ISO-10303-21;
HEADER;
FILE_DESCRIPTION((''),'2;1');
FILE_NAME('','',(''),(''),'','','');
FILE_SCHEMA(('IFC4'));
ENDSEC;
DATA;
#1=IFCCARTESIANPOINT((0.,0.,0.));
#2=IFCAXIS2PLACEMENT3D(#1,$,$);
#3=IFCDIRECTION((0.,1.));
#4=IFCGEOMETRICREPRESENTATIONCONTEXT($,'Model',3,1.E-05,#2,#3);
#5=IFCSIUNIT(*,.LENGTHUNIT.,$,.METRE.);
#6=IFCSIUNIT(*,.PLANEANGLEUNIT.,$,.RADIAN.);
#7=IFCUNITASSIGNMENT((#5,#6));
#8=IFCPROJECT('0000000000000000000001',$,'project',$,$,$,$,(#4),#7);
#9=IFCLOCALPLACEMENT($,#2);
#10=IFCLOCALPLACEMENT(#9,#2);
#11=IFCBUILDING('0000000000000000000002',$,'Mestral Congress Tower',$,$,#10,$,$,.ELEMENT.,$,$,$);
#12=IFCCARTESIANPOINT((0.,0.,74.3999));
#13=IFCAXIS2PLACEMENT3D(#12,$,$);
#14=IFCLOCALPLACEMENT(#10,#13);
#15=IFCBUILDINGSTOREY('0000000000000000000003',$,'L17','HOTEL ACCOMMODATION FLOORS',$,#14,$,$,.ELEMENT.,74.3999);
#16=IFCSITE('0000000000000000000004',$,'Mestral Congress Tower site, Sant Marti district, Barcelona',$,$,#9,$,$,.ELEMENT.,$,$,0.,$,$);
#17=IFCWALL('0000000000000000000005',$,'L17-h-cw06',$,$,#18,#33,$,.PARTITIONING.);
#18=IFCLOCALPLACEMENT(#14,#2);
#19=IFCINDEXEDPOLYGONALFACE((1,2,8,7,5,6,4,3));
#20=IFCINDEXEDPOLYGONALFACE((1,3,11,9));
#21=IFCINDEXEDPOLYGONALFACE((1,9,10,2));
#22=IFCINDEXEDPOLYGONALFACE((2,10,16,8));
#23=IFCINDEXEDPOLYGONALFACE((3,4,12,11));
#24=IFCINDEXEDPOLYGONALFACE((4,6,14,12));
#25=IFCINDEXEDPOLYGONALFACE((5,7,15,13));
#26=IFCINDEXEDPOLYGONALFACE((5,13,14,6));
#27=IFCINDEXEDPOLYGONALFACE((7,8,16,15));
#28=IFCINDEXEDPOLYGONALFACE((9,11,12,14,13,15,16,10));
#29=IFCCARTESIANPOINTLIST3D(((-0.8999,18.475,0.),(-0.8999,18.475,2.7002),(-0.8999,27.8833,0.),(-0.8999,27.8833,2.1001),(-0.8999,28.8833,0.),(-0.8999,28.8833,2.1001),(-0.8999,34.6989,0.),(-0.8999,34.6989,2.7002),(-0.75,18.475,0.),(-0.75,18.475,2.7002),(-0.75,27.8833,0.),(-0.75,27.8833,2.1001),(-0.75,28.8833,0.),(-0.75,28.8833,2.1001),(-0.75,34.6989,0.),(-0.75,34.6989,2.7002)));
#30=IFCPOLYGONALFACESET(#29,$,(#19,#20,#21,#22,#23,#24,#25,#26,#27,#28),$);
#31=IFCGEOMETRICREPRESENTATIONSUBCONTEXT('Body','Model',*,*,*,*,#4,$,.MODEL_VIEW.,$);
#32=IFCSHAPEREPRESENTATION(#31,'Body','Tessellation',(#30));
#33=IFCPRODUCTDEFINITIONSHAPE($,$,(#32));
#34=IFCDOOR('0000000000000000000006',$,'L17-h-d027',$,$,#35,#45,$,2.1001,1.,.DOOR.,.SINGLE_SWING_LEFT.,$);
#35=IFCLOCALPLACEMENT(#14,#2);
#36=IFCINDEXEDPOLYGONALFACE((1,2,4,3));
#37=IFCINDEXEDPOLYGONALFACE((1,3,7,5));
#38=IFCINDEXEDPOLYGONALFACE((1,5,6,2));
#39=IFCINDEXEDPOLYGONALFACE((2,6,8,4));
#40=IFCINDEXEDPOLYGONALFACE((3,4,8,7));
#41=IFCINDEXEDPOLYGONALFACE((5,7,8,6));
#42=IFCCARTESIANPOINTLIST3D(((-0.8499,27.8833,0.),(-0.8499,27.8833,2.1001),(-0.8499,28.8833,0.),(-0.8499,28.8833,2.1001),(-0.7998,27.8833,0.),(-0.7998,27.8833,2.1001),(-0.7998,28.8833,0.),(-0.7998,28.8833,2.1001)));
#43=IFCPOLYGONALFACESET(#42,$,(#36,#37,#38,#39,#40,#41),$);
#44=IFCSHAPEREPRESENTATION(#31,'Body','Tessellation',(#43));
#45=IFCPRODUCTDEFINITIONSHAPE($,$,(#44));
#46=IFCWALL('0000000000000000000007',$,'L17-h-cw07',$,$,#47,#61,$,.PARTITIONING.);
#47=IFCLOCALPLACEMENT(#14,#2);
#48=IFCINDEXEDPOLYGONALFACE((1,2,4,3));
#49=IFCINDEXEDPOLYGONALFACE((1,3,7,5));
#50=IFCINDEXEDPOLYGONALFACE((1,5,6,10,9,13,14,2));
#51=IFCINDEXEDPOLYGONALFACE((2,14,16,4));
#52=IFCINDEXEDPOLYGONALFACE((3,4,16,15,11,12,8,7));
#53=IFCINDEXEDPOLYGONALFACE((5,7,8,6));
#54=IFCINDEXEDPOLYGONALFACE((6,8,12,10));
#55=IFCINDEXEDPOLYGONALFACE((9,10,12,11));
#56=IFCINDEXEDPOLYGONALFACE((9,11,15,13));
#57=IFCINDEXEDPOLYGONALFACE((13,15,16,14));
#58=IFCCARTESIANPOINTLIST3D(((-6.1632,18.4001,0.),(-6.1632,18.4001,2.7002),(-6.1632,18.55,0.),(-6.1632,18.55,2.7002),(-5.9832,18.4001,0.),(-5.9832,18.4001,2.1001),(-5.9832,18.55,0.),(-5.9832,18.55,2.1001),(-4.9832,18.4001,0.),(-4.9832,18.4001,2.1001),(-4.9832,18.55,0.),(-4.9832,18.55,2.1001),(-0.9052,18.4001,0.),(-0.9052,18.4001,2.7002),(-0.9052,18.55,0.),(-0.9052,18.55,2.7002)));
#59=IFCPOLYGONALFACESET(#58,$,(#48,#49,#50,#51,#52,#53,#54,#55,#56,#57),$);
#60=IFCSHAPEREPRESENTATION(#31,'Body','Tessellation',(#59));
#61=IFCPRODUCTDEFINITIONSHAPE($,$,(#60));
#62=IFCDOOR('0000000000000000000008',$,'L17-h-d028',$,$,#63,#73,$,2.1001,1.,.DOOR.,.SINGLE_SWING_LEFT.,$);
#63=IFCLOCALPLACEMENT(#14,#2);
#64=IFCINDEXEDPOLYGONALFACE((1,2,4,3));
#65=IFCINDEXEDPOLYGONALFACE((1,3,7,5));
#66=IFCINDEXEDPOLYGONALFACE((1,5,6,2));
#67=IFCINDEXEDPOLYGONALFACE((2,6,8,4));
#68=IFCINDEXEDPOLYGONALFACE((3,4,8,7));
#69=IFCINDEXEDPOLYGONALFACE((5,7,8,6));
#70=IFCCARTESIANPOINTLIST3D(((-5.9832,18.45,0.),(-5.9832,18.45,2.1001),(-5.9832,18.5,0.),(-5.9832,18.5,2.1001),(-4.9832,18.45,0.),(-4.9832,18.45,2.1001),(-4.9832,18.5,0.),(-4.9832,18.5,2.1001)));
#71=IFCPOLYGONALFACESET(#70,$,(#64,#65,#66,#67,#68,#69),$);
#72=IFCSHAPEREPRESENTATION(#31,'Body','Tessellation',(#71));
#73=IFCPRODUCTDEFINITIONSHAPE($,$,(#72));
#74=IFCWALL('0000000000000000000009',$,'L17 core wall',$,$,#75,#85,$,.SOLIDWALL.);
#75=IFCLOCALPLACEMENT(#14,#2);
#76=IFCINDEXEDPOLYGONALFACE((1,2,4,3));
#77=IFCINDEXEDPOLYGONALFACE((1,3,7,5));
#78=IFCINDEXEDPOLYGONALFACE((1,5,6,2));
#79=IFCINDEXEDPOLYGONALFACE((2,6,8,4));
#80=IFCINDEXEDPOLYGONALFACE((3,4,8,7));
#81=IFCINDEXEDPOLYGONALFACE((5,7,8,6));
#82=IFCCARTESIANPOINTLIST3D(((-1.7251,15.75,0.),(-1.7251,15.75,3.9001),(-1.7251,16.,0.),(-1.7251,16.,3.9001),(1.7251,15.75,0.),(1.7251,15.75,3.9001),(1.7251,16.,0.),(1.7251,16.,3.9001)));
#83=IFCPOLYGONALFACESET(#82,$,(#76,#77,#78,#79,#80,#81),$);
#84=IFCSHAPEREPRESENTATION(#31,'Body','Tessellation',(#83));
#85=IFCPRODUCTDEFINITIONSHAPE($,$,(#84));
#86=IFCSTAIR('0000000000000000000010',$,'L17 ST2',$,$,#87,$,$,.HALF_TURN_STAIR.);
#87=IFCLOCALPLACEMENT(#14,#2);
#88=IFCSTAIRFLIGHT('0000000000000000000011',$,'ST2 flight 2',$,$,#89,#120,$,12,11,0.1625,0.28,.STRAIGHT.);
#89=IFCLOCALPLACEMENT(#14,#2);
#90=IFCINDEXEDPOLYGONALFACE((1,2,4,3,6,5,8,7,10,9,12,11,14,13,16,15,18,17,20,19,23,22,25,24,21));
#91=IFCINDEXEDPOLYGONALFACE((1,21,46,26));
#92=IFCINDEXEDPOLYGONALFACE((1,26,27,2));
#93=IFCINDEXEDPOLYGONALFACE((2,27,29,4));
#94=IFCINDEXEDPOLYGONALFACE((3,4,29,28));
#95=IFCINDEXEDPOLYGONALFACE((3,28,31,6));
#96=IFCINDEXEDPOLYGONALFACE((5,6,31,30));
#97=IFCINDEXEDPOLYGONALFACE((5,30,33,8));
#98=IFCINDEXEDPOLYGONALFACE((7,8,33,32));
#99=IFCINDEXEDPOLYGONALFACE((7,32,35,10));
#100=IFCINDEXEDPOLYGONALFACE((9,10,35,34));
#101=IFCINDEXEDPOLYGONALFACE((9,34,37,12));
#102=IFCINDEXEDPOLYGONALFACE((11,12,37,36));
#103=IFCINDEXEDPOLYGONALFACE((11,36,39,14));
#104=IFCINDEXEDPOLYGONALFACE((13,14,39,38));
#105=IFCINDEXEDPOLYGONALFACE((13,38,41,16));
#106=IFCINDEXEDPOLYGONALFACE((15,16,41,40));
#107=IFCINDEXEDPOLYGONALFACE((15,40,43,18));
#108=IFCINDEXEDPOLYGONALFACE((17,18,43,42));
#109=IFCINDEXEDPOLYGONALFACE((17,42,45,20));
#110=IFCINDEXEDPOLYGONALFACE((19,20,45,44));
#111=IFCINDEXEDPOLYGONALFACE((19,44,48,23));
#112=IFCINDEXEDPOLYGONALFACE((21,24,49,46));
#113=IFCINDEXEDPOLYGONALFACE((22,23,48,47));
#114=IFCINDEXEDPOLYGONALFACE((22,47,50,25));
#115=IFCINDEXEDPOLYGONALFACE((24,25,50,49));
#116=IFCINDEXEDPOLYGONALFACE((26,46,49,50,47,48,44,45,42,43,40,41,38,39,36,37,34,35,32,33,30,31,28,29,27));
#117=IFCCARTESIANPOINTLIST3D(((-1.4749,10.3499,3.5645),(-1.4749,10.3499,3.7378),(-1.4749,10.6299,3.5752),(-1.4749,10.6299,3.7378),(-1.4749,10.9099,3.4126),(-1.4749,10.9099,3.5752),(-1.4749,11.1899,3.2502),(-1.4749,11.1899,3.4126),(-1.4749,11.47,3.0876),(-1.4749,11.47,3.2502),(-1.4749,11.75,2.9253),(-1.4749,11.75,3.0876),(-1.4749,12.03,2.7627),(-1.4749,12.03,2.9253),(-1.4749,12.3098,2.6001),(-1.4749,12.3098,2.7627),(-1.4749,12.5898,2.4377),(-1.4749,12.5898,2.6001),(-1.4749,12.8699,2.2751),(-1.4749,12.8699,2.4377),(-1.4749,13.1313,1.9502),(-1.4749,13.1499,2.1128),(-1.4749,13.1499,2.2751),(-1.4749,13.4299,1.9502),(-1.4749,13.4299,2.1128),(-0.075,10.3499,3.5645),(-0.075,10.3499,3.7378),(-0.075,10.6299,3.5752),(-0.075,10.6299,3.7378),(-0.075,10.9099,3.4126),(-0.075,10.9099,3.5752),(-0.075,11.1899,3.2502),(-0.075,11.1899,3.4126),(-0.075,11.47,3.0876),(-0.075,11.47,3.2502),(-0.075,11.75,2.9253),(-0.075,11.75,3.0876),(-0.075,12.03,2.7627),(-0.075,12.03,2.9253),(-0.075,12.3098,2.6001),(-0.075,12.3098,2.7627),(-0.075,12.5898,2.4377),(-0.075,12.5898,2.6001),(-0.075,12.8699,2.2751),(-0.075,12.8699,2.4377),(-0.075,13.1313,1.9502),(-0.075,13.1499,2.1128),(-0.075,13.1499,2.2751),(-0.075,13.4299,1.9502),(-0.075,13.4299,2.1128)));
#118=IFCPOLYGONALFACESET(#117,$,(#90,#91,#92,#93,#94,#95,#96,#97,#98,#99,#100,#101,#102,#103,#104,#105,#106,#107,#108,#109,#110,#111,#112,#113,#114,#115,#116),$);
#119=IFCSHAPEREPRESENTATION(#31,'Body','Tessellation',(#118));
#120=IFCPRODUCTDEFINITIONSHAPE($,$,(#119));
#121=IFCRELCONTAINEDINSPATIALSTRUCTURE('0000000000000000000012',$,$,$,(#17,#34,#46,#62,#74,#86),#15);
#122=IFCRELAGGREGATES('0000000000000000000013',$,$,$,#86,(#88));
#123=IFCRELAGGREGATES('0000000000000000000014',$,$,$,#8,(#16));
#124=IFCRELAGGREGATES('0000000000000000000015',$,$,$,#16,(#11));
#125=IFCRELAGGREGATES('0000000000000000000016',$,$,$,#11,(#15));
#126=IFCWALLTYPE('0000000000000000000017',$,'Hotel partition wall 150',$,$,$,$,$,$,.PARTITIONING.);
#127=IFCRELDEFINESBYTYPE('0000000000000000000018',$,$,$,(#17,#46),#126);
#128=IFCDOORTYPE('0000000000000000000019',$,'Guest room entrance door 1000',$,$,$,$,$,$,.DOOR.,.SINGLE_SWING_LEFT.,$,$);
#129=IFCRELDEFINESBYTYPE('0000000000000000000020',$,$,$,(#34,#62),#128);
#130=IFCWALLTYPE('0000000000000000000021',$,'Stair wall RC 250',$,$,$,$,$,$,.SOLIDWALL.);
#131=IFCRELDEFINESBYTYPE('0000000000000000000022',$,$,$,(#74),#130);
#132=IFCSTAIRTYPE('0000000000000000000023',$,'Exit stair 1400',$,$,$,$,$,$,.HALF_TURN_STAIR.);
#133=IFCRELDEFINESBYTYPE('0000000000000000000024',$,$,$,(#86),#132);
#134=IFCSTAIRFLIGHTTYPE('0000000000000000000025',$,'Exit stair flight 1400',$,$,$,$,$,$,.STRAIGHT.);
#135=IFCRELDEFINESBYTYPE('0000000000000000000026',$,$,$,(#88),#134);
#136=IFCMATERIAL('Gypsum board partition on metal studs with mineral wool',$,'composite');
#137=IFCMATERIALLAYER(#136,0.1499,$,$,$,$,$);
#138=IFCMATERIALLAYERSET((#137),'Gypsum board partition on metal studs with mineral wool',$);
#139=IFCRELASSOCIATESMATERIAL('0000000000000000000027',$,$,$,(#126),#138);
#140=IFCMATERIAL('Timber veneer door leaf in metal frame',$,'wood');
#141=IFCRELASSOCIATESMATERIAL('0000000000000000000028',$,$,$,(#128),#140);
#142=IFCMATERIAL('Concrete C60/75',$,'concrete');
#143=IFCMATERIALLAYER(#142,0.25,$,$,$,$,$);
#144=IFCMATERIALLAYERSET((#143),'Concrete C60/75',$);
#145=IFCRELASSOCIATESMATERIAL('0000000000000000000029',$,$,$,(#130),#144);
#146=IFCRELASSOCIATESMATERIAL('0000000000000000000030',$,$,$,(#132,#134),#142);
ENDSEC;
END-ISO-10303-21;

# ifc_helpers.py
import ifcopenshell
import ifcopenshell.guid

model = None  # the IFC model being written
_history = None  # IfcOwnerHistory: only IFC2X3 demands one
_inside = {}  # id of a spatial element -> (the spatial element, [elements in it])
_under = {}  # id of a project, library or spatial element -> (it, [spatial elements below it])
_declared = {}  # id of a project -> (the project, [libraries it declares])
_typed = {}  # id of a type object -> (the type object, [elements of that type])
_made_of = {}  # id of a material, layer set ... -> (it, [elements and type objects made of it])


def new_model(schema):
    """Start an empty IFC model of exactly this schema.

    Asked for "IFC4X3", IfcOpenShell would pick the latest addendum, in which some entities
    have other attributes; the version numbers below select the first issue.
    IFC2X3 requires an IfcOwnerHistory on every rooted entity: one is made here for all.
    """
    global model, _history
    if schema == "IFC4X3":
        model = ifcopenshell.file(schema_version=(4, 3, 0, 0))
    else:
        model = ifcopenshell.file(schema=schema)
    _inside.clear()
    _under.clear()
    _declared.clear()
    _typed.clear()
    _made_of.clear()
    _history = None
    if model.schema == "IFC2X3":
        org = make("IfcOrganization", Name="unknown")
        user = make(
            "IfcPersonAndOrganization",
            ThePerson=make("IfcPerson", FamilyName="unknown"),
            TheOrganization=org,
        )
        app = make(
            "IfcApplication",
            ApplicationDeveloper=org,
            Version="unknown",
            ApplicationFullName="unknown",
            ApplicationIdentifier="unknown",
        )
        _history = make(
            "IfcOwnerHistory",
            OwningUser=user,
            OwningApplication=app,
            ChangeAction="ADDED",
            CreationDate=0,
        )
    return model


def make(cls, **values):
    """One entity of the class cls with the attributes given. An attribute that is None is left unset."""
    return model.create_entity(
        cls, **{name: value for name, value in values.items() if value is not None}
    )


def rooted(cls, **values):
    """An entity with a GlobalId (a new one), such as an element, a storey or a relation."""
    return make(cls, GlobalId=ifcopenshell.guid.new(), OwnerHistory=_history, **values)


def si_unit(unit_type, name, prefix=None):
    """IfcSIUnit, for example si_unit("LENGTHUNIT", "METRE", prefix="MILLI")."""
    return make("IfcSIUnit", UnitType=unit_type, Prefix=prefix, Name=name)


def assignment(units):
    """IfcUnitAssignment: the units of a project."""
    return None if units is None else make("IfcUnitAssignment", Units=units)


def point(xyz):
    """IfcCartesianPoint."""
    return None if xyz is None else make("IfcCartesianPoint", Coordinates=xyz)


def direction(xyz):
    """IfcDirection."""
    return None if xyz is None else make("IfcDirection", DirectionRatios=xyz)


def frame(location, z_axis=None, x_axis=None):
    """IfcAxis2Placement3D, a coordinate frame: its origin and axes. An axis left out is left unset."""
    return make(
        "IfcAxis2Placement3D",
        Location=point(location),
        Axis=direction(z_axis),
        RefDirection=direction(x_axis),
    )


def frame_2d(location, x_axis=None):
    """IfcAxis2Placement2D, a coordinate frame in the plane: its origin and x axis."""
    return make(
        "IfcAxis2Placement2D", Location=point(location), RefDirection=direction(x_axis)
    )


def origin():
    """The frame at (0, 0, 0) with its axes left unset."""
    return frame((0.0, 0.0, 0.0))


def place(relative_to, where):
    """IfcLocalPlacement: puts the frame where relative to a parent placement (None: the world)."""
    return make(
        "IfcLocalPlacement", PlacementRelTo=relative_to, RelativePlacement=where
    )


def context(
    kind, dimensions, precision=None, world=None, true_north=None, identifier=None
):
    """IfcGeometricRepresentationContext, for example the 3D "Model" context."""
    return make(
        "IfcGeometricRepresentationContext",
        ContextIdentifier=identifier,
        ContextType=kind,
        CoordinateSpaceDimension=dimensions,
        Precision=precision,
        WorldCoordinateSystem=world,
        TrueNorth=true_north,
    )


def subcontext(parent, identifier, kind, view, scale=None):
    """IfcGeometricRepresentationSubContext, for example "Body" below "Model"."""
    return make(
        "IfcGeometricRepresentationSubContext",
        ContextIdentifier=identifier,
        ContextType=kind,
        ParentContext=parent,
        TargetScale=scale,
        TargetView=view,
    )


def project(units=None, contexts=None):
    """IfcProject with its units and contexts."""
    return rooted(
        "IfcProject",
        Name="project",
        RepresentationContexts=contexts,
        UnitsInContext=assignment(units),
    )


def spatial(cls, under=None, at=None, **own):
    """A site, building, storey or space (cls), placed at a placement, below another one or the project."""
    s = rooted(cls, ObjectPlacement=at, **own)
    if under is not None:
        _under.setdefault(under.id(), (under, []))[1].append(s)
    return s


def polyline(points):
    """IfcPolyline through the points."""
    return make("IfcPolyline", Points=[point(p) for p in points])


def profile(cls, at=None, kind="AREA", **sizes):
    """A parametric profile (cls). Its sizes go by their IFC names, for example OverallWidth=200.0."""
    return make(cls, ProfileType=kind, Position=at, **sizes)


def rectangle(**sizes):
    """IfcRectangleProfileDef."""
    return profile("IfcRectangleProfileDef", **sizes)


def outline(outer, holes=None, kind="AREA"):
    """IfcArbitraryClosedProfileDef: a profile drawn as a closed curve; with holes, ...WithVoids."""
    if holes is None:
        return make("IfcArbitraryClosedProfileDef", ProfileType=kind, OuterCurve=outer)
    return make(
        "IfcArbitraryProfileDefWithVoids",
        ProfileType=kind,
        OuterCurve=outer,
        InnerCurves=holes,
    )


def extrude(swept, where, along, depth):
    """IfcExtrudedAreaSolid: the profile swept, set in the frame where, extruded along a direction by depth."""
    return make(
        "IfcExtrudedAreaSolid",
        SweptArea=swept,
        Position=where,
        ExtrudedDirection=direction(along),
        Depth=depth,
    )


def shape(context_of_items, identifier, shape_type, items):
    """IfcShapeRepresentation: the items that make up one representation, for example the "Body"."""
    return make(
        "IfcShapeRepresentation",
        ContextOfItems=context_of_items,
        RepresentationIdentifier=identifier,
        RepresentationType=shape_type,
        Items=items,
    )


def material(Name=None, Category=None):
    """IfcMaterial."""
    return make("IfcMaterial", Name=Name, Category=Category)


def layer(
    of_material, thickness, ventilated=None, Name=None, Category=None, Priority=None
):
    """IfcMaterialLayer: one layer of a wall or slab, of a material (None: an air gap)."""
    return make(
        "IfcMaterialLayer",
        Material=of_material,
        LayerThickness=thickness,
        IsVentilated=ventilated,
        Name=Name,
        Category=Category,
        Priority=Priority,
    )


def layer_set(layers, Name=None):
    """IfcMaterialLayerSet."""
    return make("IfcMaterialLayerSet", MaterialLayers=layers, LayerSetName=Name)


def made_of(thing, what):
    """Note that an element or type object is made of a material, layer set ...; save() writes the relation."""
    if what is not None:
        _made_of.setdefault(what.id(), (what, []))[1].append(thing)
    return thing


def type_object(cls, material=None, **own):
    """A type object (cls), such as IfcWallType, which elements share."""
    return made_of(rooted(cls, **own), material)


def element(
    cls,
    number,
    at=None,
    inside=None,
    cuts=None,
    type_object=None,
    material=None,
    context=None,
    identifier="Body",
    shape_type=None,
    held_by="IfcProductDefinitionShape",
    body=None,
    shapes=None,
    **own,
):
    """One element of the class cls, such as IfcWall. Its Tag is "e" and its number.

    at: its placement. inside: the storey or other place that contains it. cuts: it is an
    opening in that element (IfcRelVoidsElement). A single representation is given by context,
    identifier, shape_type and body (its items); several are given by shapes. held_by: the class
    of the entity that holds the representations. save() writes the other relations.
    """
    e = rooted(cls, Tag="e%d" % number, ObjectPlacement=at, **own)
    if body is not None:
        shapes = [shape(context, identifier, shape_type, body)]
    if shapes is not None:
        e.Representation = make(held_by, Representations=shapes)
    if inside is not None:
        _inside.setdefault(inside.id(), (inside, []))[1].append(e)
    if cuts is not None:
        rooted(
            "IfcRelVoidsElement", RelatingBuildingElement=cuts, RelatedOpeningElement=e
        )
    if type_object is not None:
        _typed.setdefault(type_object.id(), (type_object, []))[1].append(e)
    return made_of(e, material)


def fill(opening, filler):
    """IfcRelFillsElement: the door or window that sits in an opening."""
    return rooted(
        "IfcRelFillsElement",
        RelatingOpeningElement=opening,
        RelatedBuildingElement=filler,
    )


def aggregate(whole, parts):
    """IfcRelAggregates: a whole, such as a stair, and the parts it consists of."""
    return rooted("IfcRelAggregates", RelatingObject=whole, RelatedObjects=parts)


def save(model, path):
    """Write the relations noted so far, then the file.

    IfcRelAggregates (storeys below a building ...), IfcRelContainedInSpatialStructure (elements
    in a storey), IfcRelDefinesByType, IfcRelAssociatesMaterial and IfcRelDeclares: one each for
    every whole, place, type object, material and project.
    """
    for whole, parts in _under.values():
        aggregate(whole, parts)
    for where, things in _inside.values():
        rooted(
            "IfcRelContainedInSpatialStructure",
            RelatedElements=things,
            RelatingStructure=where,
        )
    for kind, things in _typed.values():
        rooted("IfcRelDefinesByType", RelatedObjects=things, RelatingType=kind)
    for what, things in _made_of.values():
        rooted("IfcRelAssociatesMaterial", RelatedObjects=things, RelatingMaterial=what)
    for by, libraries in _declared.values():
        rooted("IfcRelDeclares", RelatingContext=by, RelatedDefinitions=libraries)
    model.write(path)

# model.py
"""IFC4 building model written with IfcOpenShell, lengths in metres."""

from ifc_helpers import new_model, si_unit, direction, frame, frame_2d, origin, place, context, subcontext, project, spatial, polyline, rectangle, outline, extrude, material, layer, layer_set, type_object, element, fill, aggregate, save


model = new_model("IFC4")

# Units and contexts
model_context = context("Model", 3, precision=1e-05, world=origin(), true_north=direction((0.0, 1.0)))
body_context = subcontext(model_context, "Body", "Model", "MODEL_VIEW")
ifc_project = project(units=[si_unit("LENGTHUNIT", "METRE"), si_unit("PLANEANGLEUNIT", "RADIAN")], contexts=[model_context])

# Site, building, storey
site_placement = place(None, origin())
site = spatial("IfcSite", under=ifc_project, at=site_placement, Name="Mestral Congress Tower site, Sant Marti district, Barcelona", CompositionType="ELEMENT", RefElevation=0.0)
building_placement = place(site_placement, origin())
building = spatial("IfcBuilding", under=site, at=building_placement, Name="Mestral Congress Tower", CompositionType="ELEMENT")
storey_placement = place(building_placement, frame((0.0, 0.0, 74.3999)))
storey = spatial("IfcBuildingStorey", under=building, at=storey_placement, Name="L17", Description="HOTEL ACCOMMODATION FLOORS", CompositionType="ELEMENT", Elevation=74.3999)

# Shared definitions
ifc_material_1 = material(Name="Concrete C60/75", Category="concrete")

# Shared definitions
ifc_material_2 = material(Name="Gypsum board partition on metal studs with mineral wool", Category="composite")

# Walls, openings, doors
ifc_layer_1 = layer(ifc_material_2, 0.1499)
ifc_layer_set_1 = layer_set([ifc_layer_1], Name="Gypsum board partition on metal studs with mineral wool")
wall_type_1 = type_object("IfcWallType", Name="Hotel partition wall 150", PredefinedType="PARTITIONING", material=ifc_layer_set_1)
wall_1_placement = place(storey_placement, frame((-0.825, 18.4751, 0.0), z_axis=(0.0, 0.0, 1.0), x_axis=(0.0, 1.0, 0.0)))
wall_1 = element("IfcWall", 1, at=wall_1_placement, inside=storey, type_object=wall_type_1, Name="L17-h-cw06", PredefinedType="PARTITIONING", context=body_context, shape_type="SweptSolid", body=[
    extrude(rectangle(XDim=16.2239, YDim=0.1499, at=frame_2d((8.1118, 0.0))), origin(), (0.0, 0.0, 1.0), 2.7002),
])
opening_1_placement = place(wall_1_placement, frame((9.4082, 0.0, 0.0)))
opening_1 = element("IfcOpeningElement", 2, at=opening_1_placement, cuts=wall_1, PredefinedType="OPENING", context=body_context, shape_type="SweptSolid", body=[
    extrude(rectangle(XDim=1.0, YDim=2.1001, at=frame_2d((0.5, 1.05))), frame((0.0, 0.085, 0.0), z_axis=(0.0, -1.0, 0.0), x_axis=(1.0, 0.0, 0.0)), (0.0, 0.0, 1.0), 0.1699),
])
ifc_material_3 = material(Name="Timber veneer door leaf in metal frame", Category="wood")
door_type_1 = type_object("IfcDoorType", Name="Guest room entrance door 1000", OperationType="SINGLE_SWING_LEFT", PredefinedType="DOOR", material=ifc_material_3)
door_1_placement = place(opening_1_placement, origin())
door_1 = element("IfcDoor", 3, at=door_1_placement, inside=storey, type_object=door_type_1, Name="L17-h-d027", OperationType="SINGLE_SWING_LEFT", OverallHeight=2.1001, OverallWidth=1.0, PredefinedType="DOOR", context=body_context, shape_type="SweptSolid", body=[
    extrude(rectangle(XDim=1.0, YDim=2.1001, at=frame_2d((0.5, 1.05))), frame((0.0, 0.0249, 0.0), z_axis=(0.0, -1.0, 0.0), x_axis=(1.0, 0.0, 0.0)), (0.0, 0.0, 1.0), 0.05),
])
fill(opening_1, door_1)
wall_2_placement = place(storey_placement, frame((-6.1631, 18.4751, 0.0), z_axis=(0.0, 0.0, 1.0), x_axis=(1.0, 0.0, 0.0)))
wall_2 = element("IfcWall", 4, at=wall_2_placement, inside=storey, type_object=wall_type_1, Name="L17-h-cw07", PredefinedType="PARTITIONING", context=body_context, shape_type="SweptSolid", body=[
    extrude(rectangle(XDim=5.2581, YDim=0.1499, at=frame_2d((2.6289, 0.0))), origin(), (0.0, 0.0, 1.0), 2.7002),
])
opening_2_placement = place(wall_2_placement, frame((0.1799, 0.0, 0.0)))
opening_2 = element("IfcOpeningElement", 5, at=opening_2_placement, cuts=wall_2, PredefinedType="OPENING", context=body_context, shape_type="SweptSolid", body=[
    extrude(rectangle(XDim=1.0, YDim=2.1001, at=frame_2d((0.5, 1.05))), frame((0.0, 0.085, 0.0), z_axis=(0.0, -1.0, 0.0), x_axis=(1.0, 0.0, 0.0)), (0.0, 0.0, 1.0), 0.1699),
])
door_2_placement = place(opening_2_placement, origin())
door_2 = element("IfcDoor", 6, at=door_2_placement, inside=storey, type_object=door_type_1, Name="L17-h-d028", OperationType="SINGLE_SWING_LEFT", OverallHeight=2.1001, OverallWidth=1.0, PredefinedType="DOOR", context=body_context, shape_type="SweptSolid", body=[
    extrude(rectangle(XDim=1.0, YDim=2.1001, at=frame_2d((0.5, 1.05))), frame((0.0, 0.0249, 0.0), z_axis=(0.0, -1.0, 0.0), x_axis=(1.0, 0.0, 0.0)), (0.0, 0.0, 1.0), 0.05),
])
fill(opening_2, door_2)

# Wall
ifc_layer_2 = layer(ifc_material_1, 0.25)
ifc_layer_set_2 = layer_set([ifc_layer_2], Name="Concrete C60/75")
wall_type_2 = type_object("IfcWallType", Name="Stair wall RC 250", PredefinedType="SOLIDWALL", material=ifc_layer_set_2)
wall_3_placement = place(storey_placement, frame((-1.7251, 15.875, 0.0), z_axis=(0.0, 0.0, 1.0), x_axis=(1.0, 0.0, 0.0)))
element("IfcWall", 7, at=wall_3_placement, inside=storey, type_object=wall_type_2, Name="L17 core wall", PredefinedType="SOLIDWALL", context=body_context, shape_type="SweptSolid", body=[
    extrude(rectangle(XDim=3.4502, YDim=0.25, at=frame_2d((1.7251, 0.0))), origin(), (0.0, 0.0, 1.0), 3.9001),
])

# Stair, stair flight
stair_type = type_object("IfcStairType", Name="Exit stair 1400", PredefinedType="HALF_TURN_STAIR", material=ifc_material_1)
stair_placement = place(storey_placement, origin())
stair = element("IfcStair", 8, at=stair_placement, inside=storey, type_object=stair_type, Name="L17 ST2", PredefinedType="HALF_TURN_STAIR")
stair_flight_type = type_object("IfcStairFlightType", Name="Exit stair flight 1400", PredefinedType="STRAIGHT", material=ifc_material_1)
stair_flight_placement = place(storey_placement, frame((-0.7749, 13.4299, 1.9502), z_axis=(0.0, 0.0, 1.0), x_axis=(0.0, -1.0, 0.0)))
stair_flight = element("IfcStairFlight", 9, at=stair_flight_placement, type_object=stair_flight_type, Name="ST2 flight 2", NumberOfRisers=12, NumberOfTreads=11, PredefinedType="STRAIGHT", RiserHeight=0.1625, TreadLength=0.28, context=body_context, shape_type="SweptSolid", body=[
    extrude(outline(polyline([(0.0, 0.0), (0.0, 0.1626), (0.28, 0.1626), (0.28, 0.325), (0.5601, 0.325), (0.5601, 0.4875), (0.8401, 0.4875), (0.8401, 0.6499), (1.1201, 0.6499), (1.1201, 0.8125), (1.3999, 0.8125), (1.3999, 0.9751), (1.6799, 0.9751), (1.6799, 1.1375), (1.96, 1.1375), (1.96, 1.3), (2.24, 1.3), (2.24, 1.4624), (2.52, 1.4624), (2.52, 1.625), (2.8, 1.625), (2.8, 1.7876), (3.0801, 1.7876), (3.0801, 1.95), (3.0801, 1.6143), (0.2986, 0.0), (0.0, 0.0)])), frame((0.0, 0.7, 0.0), z_axis=(0.0, -1.0, 0.0), x_axis=(1.0, 0.0, 0.0)), (0.0, 0.0, 1.0), 1.3999),
])
aggregate(stair, [stair_flight])

save(model, "model.ifc")
